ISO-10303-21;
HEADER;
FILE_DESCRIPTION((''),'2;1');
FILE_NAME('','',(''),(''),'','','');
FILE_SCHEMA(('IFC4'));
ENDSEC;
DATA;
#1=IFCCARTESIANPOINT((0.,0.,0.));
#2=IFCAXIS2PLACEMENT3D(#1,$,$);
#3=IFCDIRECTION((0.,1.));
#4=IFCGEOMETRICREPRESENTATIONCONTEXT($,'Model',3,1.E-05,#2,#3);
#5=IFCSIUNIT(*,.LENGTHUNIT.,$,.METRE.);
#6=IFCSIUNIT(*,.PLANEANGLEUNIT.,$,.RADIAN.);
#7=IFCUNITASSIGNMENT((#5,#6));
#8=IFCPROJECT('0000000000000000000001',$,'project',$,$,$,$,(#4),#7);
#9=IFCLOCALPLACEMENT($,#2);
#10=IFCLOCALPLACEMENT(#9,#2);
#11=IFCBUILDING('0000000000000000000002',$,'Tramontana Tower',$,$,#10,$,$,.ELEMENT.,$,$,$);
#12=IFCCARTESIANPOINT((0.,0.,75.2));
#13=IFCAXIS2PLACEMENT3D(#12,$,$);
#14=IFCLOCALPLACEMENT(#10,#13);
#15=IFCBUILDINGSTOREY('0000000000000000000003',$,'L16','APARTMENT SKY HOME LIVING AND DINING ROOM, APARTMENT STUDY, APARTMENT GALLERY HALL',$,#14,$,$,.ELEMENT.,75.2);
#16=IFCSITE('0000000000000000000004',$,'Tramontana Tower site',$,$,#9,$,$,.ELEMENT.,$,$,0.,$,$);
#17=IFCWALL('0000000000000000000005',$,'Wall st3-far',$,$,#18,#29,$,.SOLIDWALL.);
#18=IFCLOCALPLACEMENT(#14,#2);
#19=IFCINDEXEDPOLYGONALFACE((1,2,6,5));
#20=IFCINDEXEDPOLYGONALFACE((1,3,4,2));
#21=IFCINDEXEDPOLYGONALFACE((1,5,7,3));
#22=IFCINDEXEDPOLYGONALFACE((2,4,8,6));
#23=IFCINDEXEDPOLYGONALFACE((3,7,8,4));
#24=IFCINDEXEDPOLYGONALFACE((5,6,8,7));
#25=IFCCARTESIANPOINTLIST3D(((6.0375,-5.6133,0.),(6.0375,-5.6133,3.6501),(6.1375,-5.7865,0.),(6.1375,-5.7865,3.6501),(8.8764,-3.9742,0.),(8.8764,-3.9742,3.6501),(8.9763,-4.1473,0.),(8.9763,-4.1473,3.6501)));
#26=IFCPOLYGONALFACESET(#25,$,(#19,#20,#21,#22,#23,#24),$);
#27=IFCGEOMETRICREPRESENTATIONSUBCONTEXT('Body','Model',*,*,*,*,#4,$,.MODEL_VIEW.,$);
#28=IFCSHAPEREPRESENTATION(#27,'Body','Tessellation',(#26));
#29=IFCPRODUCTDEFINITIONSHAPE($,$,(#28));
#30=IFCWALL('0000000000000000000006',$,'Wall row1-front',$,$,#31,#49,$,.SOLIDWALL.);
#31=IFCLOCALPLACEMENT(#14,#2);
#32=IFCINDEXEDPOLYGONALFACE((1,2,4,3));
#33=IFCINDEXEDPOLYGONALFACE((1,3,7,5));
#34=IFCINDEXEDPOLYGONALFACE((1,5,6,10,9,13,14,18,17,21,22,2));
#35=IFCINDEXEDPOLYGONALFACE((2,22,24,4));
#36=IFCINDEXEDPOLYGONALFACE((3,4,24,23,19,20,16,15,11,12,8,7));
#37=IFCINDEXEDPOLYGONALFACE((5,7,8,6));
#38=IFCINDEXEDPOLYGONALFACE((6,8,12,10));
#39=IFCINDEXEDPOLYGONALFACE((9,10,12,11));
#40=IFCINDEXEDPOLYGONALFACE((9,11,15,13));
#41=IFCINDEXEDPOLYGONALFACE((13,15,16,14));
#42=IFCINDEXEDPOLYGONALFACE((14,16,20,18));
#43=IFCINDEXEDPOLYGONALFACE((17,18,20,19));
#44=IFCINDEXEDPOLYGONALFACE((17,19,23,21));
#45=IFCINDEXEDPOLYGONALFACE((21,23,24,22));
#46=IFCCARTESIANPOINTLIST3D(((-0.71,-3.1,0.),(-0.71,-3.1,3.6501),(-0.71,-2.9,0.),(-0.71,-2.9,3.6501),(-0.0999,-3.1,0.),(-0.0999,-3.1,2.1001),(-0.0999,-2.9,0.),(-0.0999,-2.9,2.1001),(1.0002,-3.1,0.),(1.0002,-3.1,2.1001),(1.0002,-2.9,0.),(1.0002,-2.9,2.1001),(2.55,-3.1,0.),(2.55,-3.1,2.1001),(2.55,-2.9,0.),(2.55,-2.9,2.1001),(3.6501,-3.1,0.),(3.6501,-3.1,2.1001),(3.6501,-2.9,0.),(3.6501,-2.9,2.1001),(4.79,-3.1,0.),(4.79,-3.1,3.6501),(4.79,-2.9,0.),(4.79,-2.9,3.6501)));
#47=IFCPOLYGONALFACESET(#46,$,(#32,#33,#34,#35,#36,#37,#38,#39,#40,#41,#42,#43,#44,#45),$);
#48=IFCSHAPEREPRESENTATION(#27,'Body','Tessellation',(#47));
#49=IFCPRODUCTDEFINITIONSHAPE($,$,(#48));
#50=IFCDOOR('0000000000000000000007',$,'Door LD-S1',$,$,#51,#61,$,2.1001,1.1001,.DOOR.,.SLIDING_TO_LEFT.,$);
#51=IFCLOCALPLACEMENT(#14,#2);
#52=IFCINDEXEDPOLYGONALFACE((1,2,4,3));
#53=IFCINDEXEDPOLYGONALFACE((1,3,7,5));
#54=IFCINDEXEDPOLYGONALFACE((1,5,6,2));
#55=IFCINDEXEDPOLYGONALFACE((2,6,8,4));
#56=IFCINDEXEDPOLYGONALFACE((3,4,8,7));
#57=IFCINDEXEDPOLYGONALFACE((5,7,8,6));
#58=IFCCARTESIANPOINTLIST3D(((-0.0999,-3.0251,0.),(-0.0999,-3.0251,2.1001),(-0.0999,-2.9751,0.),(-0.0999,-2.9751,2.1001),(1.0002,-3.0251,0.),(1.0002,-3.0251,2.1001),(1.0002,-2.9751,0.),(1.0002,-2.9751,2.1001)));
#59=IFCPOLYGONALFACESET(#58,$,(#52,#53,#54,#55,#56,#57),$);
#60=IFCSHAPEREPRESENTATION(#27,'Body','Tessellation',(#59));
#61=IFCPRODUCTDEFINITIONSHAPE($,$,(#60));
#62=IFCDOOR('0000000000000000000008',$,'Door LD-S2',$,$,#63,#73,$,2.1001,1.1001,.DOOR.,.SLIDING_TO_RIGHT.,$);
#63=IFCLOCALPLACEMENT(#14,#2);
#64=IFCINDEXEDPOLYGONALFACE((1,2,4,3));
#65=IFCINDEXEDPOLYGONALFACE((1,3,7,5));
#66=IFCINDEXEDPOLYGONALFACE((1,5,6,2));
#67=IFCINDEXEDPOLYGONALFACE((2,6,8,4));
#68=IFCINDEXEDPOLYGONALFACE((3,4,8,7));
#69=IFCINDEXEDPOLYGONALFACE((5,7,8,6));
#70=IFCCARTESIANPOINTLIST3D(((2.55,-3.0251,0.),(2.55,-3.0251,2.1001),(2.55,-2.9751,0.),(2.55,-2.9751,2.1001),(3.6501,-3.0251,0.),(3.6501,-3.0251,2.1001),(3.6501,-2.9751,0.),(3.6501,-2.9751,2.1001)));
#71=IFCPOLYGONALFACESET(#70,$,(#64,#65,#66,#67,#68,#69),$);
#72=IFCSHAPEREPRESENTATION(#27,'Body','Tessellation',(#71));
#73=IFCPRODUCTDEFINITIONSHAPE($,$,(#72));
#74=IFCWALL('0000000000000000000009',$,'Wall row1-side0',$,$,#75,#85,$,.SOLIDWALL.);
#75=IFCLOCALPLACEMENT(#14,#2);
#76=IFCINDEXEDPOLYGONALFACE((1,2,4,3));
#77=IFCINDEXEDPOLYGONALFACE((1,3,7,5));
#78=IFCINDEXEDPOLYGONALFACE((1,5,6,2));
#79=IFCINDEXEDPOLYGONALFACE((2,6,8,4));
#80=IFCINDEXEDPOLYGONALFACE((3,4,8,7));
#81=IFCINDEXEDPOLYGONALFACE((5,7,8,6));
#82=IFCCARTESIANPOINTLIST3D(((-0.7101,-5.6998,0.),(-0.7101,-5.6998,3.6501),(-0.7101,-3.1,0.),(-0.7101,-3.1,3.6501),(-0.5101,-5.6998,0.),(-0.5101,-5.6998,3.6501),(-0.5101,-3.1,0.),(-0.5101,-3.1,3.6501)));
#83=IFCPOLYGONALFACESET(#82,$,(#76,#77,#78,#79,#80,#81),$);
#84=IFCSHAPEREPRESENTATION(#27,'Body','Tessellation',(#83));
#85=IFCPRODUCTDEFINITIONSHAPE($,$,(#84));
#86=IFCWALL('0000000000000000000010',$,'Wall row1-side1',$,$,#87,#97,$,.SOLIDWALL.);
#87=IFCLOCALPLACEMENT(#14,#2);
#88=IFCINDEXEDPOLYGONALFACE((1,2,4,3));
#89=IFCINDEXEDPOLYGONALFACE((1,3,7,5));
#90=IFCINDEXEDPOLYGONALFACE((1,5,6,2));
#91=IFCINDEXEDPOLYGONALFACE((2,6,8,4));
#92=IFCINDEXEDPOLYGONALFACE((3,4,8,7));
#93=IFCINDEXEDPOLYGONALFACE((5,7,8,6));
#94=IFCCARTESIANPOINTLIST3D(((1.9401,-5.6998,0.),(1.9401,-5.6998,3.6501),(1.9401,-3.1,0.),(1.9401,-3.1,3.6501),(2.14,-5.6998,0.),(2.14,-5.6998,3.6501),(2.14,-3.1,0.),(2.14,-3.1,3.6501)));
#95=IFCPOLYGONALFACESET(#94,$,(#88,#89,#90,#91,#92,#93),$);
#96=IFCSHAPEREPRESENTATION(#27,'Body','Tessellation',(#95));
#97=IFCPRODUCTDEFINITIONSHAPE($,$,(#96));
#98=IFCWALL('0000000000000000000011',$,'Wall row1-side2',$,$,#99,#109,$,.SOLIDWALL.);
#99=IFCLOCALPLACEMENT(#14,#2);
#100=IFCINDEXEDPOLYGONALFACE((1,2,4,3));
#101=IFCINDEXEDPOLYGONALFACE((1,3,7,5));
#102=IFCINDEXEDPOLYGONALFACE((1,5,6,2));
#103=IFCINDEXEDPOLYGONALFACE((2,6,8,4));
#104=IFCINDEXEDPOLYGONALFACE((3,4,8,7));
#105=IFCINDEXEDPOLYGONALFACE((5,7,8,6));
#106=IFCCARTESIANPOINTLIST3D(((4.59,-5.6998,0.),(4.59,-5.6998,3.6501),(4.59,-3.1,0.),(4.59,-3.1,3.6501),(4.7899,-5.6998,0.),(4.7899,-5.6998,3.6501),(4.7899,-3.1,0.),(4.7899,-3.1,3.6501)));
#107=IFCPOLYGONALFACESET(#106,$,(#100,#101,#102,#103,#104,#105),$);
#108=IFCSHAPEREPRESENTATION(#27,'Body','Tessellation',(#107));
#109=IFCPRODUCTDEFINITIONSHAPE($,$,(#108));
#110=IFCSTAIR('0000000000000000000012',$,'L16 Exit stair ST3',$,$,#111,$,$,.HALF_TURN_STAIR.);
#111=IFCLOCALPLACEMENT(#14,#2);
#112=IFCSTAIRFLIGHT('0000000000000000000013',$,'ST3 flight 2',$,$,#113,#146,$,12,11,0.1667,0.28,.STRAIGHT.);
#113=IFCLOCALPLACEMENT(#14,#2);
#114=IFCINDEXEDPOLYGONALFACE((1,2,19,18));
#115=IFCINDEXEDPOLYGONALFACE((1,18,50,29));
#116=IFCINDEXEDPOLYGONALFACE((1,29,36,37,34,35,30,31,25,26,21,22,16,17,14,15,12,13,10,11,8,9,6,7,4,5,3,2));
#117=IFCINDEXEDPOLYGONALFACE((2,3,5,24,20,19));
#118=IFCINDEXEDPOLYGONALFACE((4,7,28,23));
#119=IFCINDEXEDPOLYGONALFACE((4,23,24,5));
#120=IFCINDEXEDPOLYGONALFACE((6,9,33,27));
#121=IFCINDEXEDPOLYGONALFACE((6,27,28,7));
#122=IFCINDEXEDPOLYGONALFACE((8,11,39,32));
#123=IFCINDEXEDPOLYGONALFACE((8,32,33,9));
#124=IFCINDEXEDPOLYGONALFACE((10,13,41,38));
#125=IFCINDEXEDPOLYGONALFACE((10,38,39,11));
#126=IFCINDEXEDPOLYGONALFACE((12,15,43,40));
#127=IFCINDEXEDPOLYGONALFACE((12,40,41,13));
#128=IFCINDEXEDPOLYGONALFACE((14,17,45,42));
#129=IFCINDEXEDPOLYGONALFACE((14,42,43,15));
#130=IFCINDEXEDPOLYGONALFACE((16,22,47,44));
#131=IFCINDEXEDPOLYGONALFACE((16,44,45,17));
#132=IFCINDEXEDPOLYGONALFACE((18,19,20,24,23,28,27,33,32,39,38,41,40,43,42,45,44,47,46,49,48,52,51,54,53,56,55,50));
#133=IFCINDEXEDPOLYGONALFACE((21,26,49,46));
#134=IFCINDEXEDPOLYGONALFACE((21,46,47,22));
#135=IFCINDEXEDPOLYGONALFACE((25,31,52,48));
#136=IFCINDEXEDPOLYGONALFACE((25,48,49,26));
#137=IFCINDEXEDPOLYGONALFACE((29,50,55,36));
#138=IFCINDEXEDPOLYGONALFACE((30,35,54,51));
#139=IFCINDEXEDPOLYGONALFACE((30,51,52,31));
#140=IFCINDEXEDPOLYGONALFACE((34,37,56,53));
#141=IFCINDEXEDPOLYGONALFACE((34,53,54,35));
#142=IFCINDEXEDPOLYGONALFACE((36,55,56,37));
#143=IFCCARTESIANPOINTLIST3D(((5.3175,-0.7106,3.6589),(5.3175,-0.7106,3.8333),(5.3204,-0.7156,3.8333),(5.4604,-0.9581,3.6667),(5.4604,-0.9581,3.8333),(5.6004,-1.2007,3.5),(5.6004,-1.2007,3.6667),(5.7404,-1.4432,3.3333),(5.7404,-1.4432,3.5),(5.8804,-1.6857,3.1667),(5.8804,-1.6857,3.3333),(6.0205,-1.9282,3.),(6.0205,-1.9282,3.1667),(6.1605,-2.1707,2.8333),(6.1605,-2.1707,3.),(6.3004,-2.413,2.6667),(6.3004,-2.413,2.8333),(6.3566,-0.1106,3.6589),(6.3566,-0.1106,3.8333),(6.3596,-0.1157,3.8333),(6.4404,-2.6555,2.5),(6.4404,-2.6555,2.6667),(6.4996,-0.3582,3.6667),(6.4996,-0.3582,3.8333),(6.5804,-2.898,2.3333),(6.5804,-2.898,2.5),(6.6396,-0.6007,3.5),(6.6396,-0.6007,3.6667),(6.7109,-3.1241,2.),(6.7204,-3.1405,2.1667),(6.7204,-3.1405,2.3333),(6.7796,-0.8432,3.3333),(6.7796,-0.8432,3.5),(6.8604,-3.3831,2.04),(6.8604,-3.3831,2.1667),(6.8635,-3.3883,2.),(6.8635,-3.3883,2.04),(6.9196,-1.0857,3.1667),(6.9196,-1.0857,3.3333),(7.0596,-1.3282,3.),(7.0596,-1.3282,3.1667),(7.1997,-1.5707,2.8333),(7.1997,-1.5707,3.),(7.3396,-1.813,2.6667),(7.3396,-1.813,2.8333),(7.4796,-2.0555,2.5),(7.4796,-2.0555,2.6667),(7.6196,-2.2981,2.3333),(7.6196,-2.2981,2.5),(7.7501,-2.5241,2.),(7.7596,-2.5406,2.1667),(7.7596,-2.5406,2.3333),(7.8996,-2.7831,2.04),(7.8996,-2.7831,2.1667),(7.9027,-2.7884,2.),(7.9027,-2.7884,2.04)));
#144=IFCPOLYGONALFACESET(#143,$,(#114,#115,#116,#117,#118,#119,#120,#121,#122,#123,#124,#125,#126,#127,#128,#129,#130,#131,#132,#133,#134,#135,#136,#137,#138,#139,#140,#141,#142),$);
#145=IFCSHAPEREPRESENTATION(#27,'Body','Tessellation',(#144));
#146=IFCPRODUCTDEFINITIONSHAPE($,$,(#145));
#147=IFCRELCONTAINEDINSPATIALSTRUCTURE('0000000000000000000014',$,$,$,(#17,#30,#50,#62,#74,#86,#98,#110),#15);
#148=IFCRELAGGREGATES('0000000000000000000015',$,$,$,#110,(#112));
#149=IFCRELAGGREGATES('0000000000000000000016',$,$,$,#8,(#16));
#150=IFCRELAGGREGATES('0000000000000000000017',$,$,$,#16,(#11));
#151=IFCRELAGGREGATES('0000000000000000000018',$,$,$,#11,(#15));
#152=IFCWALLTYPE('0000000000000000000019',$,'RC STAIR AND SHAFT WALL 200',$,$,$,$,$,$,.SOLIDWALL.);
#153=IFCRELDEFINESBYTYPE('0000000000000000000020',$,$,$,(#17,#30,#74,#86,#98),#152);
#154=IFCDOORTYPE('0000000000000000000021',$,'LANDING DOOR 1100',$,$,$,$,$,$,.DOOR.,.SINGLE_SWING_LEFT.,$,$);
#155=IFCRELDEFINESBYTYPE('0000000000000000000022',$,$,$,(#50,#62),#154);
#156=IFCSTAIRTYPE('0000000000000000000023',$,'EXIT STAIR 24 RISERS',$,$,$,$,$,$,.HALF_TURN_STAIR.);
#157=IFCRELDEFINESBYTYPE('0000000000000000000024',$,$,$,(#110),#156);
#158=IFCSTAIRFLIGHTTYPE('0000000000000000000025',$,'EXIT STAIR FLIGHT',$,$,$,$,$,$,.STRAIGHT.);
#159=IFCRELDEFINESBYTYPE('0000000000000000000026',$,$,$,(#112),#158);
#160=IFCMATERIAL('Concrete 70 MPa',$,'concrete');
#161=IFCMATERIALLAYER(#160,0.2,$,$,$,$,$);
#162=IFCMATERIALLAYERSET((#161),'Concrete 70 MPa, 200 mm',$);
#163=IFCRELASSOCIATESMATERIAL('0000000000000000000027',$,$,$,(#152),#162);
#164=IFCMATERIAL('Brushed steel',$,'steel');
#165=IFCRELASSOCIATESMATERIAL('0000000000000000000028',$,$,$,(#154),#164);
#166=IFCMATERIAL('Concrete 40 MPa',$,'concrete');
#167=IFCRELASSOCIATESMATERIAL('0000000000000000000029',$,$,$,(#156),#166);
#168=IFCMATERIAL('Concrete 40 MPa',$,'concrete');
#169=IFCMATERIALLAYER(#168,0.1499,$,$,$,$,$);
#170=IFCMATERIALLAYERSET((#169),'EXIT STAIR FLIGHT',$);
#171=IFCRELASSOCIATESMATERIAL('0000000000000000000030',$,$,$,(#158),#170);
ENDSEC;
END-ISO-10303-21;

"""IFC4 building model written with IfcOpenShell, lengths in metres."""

from ifc_helpers import new_model, si_unit, direction, frame, frame_2d, origin, place, context, subcontext, project, spatial, polyline, rectangle, outline, extrude, material, layer, layer_set, type_object, element, fill, aggregate, save


model = new_model("IFC4")

# Units and contexts
model_context = context("Model", 3, precision=1e-05, world=origin(), true_north=direction((0.0, 1.0)))
body_context = subcontext(model_context, "Body", "Model", "MODEL_VIEW")
ifc_project = project(units=[si_unit("LENGTHUNIT", "METRE"), si_unit("PLANEANGLEUNIT", "RADIAN")], contexts=[model_context])

# Site, building, storey
site_placement = place(None, origin())
site = spatial("IfcSite", under=ifc_project, at=site_placement, Name="Tramontana Tower site", CompositionType="ELEMENT", RefElevation=0.0)
building_placement = place(site_placement, origin())
building = spatial("IfcBuilding", under=site, at=building_placement, Name="Tramontana Tower", CompositionType="ELEMENT")
storey_placement = place(building_placement, frame((0.0, 0.0, 75.2)))
storey = spatial("IfcBuildingStorey", under=building, at=storey_placement, Name="L16", Description="APARTMENT SKY HOME LIVING AND DINING ROOM, APARTMENT STUDY, APARTMENT GALLERY HALL", CompositionType="ELEMENT", Elevation=75.2)

# Wall
ifc_material_1 = material(Name="Concrete 70 MPa", Category="concrete")
ifc_layer_1 = layer(ifc_material_1, 0.2)
ifc_layer_set_1 = layer_set([ifc_layer_1], Name="Concrete 70 MPa, 200 mm")
wall_type_1 = type_object("IfcWallType", Name="RC STAIR AND SHAFT WALL 200", PredefinedType="SOLIDWALL", material=ifc_layer_set_1)
wall_1_placement = place(storey_placement, frame((6.0874, -5.7, 0.0), z_axis=(0.0, 0.0, 1.0), x_axis=(0.866007, 0.500032, 0.0)))
element("IfcWall", 1, at=wall_1_placement, inside=storey, type_object=wall_type_1, Name="Wall st3-far", PredefinedType="SOLIDWALL", context=body_context, shape_type="SweptSolid", body=[
    extrude(rectangle(XDim=3.2781, YDim=0.2, at=frame_2d((1.6392, 0.0))), origin(), (0.0, 0.0, 1.0), 3.6501),
])

# Wall, openings, doors
wall_2_placement = place(storey_placement, frame((-0.71, -3.0, 0.0), z_axis=(0.0, 0.0, 1.0), x_axis=(1.0, 0.0, 0.0)))
wall_2 = element("IfcWall", 2, at=wall_2_placement, inside=storey, type_object=wall_type_1, Name="Wall row1-front", PredefinedType="SOLIDWALL", context=body_context, shape_type="SweptSolid", body=[
    extrude(rectangle(XDim=5.5, YDim=0.2, at=frame_2d((2.75, 0.0))), origin(), (0.0, 0.0, 1.0), 3.6501),
])
opening_1_placement = place(wall_2_placement, frame((0.6101, 0.0, 0.0)))
opening_1 = element("IfcOpeningElement", 3, at=opening_1_placement, cuts=wall_2, PredefinedType="OPENING", context=body_context, shape_type="SweptSolid", body=[
    extrude(rectangle(XDim=1.1001, YDim=2.1001, at=frame_2d((0.55, 1.05))), frame((0.0, 0.1099, 0.0), z_axis=(0.0, -1.0, 0.0), x_axis=(1.0, 0.0, 0.0)), (0.0, 0.0, 1.0), 0.22),
])
opening_2_placement = place(wall_2_placement, frame((3.26, 0.0, 0.0)))
opening_2 = element("IfcOpeningElement", 4, at=opening_2_placement, cuts=wall_2, PredefinedType="OPENING", context=body_context, shape_type="SweptSolid", body=[
    extrude(rectangle(XDim=1.1001, YDim=2.1001, at=frame_2d((0.55, 1.05))), frame((0.0, 0.1099, 0.0), z_axis=(0.0, -1.0, 0.0), x_axis=(1.0, 0.0, 0.0)), (0.0, 0.0, 1.0), 0.22),
])
ifc_material_2 = material(Name="Brushed steel", Category="steel")
door_type_1 = type_object("IfcDoorType", Name="LANDING DOOR 1100", OperationType="SINGLE_SWING_LEFT", PredefinedType="DOOR", material=ifc_material_2)
door_1_placement = place(opening_1_placement, origin())
door_1 = element("IfcDoor", 5, at=door_1_placement, inside=storey, type_object=door_type_1, Name="Door LD-S1", OperationType="SLIDING_TO_LEFT", OverallHeight=2.1001, OverallWidth=1.1001, PredefinedType="DOOR", context=body_context, shape_type="SweptSolid", body=[
    extrude(rectangle(XDim=1.1001, YDim=2.1001, at=frame_2d((0.55, 1.05))), frame((0.0, 0.0249, 0.0), z_axis=(0.0, -1.0, 0.0), x_axis=(1.0, 0.0, 0.0)), (0.0, 0.0, 1.0), 0.05),
])
fill(opening_1, door_1)
door_2_placement = place(opening_2_placement, origin())
door_2 = element("IfcDoor", 6, at=door_2_placement, inside=storey, type_object=door_type_1, Name="Door LD-S2", OperationType="SLIDING_TO_RIGHT", OverallHeight=2.1001, OverallWidth=1.1001, PredefinedType="DOOR", context=body_context, shape_type="SweptSolid", body=[
    extrude(rectangle(XDim=1.1001, YDim=2.1001, at=frame_2d((0.55, 1.05))), frame((0.0, 0.0249, 0.0), z_axis=(0.0, -1.0, 0.0), x_axis=(1.0, 0.0, 0.0)), (0.0, 0.0, 1.0), 0.05),
])
fill(opening_2, door_2)

# Walls
for number, where, z_axis, x_axis, name in (
    (7, (-0.6101, -3.1001, 0.0), (0.0, 0.0, 1.0), (0.0, -1.0, 0.0), "Wall row1-side0"),
    (8, (2.04, -3.1001, 0.0), (0.0, 0.0, 1.0), (0.0, -1.0, 0.0), "Wall row1-side1"),
    (9, (4.6899, -3.1001, 0.0), (0.0, 0.0, 1.0), (0.0, -1.0, 0.0), "Wall row1-side2"),
):
    element("IfcWall", number, at=place(storey_placement, frame(where, z_axis=z_axis, x_axis=x_axis)), inside=storey, type_object=wall_type_1, Name=name, PredefinedType="SOLIDWALL", context=body_context, shape_type="SweptSolid", body=[
        extrude(rectangle(XDim=2.5999, YDim=0.2, at=frame_2d((1.2998, 0.0))), origin(), (0.0, 0.0, 1.0), 3.6501),
    ])

# Stair, stair flight
ifc_material_3 = material(Name="Concrete 40 MPa", Category="concrete")
stair_type = type_object("IfcStairType", Name="EXIT STAIR 24 RISERS", PredefinedType="HALF_TURN_STAIR", material=ifc_material_3)
stair_placement = place(storey_placement, origin())
stair = element("IfcStair", 10, at=stair_placement, inside=storey, type_object=stair_type, Name="L16 Exit stair ST3", PredefinedType="HALF_TURN_STAIR")
ifc_material_4 = material(Name="Concrete 40 MPa", Category="concrete")
ifc_layer_2 = layer(ifc_material_4, 0.1499)
ifc_layer_set_2 = layer_set([ifc_layer_2], Name="EXIT STAIR FLIGHT")
stair_flight_type = type_object("IfcStairFlightType", Name="EXIT STAIR FLIGHT", PredefinedType="STRAIGHT", material=ifc_layer_set_2)
stair_flight_placement = place(storey_placement, frame((7.3801, -3.083, 2.0), z_axis=(0.0, 0.0, 1.0), x_axis=(-0.5, 0.866025, 0.0)))
stair_flight = element("IfcStairFlight", 11, at=stair_flight_placement, type_object=stair_flight_type, Name="ST3 flight 2", NumberOfRisers=12, NumberOfTreads=11, PredefinedType="STRAIGHT", RiserHeight=0.1667, TreadLength=0.28, context=body_context, shape_type="SweptSolid", body=[
    extrude(outline(polyline([(-0.0061, 0.0), (-0.0061, 0.04), (0.0, 0.04), (0.0, 0.1667), (0.28, 0.1667), (0.28, 0.3333), (0.5601, 0.3333), (0.5601, 0.5), (0.8401, 0.5), (0.8401, 0.6667), (1.1201, 0.6667), (1.1201, 0.8333), (1.3999, 0.8333), (1.3999, 1.0), (1.6799, 1.0), (1.6799, 1.1667), (1.96, 1.1667), (1.96, 1.3333), (2.24, 1.3333), (2.24, 1.5), (2.52, 1.5), (2.52, 1.6667), (2.8, 1.6667), (2.8, 1.8333), (3.0801, 1.8333), (3.0859, 1.8333), (3.0859, 1.6589), (0.2991, 0.0), (-0.0061, 0.0)])), frame((0.0, 0.6001, 0.0), z_axis=(0.0, -1.0, 0.0), x_axis=(1.0, 0.0, 0.0)), (0.0, 0.0, 1.0), 1.2),
])
aggregate(stair, [stair_flight])

save(model, "model.ifc")
